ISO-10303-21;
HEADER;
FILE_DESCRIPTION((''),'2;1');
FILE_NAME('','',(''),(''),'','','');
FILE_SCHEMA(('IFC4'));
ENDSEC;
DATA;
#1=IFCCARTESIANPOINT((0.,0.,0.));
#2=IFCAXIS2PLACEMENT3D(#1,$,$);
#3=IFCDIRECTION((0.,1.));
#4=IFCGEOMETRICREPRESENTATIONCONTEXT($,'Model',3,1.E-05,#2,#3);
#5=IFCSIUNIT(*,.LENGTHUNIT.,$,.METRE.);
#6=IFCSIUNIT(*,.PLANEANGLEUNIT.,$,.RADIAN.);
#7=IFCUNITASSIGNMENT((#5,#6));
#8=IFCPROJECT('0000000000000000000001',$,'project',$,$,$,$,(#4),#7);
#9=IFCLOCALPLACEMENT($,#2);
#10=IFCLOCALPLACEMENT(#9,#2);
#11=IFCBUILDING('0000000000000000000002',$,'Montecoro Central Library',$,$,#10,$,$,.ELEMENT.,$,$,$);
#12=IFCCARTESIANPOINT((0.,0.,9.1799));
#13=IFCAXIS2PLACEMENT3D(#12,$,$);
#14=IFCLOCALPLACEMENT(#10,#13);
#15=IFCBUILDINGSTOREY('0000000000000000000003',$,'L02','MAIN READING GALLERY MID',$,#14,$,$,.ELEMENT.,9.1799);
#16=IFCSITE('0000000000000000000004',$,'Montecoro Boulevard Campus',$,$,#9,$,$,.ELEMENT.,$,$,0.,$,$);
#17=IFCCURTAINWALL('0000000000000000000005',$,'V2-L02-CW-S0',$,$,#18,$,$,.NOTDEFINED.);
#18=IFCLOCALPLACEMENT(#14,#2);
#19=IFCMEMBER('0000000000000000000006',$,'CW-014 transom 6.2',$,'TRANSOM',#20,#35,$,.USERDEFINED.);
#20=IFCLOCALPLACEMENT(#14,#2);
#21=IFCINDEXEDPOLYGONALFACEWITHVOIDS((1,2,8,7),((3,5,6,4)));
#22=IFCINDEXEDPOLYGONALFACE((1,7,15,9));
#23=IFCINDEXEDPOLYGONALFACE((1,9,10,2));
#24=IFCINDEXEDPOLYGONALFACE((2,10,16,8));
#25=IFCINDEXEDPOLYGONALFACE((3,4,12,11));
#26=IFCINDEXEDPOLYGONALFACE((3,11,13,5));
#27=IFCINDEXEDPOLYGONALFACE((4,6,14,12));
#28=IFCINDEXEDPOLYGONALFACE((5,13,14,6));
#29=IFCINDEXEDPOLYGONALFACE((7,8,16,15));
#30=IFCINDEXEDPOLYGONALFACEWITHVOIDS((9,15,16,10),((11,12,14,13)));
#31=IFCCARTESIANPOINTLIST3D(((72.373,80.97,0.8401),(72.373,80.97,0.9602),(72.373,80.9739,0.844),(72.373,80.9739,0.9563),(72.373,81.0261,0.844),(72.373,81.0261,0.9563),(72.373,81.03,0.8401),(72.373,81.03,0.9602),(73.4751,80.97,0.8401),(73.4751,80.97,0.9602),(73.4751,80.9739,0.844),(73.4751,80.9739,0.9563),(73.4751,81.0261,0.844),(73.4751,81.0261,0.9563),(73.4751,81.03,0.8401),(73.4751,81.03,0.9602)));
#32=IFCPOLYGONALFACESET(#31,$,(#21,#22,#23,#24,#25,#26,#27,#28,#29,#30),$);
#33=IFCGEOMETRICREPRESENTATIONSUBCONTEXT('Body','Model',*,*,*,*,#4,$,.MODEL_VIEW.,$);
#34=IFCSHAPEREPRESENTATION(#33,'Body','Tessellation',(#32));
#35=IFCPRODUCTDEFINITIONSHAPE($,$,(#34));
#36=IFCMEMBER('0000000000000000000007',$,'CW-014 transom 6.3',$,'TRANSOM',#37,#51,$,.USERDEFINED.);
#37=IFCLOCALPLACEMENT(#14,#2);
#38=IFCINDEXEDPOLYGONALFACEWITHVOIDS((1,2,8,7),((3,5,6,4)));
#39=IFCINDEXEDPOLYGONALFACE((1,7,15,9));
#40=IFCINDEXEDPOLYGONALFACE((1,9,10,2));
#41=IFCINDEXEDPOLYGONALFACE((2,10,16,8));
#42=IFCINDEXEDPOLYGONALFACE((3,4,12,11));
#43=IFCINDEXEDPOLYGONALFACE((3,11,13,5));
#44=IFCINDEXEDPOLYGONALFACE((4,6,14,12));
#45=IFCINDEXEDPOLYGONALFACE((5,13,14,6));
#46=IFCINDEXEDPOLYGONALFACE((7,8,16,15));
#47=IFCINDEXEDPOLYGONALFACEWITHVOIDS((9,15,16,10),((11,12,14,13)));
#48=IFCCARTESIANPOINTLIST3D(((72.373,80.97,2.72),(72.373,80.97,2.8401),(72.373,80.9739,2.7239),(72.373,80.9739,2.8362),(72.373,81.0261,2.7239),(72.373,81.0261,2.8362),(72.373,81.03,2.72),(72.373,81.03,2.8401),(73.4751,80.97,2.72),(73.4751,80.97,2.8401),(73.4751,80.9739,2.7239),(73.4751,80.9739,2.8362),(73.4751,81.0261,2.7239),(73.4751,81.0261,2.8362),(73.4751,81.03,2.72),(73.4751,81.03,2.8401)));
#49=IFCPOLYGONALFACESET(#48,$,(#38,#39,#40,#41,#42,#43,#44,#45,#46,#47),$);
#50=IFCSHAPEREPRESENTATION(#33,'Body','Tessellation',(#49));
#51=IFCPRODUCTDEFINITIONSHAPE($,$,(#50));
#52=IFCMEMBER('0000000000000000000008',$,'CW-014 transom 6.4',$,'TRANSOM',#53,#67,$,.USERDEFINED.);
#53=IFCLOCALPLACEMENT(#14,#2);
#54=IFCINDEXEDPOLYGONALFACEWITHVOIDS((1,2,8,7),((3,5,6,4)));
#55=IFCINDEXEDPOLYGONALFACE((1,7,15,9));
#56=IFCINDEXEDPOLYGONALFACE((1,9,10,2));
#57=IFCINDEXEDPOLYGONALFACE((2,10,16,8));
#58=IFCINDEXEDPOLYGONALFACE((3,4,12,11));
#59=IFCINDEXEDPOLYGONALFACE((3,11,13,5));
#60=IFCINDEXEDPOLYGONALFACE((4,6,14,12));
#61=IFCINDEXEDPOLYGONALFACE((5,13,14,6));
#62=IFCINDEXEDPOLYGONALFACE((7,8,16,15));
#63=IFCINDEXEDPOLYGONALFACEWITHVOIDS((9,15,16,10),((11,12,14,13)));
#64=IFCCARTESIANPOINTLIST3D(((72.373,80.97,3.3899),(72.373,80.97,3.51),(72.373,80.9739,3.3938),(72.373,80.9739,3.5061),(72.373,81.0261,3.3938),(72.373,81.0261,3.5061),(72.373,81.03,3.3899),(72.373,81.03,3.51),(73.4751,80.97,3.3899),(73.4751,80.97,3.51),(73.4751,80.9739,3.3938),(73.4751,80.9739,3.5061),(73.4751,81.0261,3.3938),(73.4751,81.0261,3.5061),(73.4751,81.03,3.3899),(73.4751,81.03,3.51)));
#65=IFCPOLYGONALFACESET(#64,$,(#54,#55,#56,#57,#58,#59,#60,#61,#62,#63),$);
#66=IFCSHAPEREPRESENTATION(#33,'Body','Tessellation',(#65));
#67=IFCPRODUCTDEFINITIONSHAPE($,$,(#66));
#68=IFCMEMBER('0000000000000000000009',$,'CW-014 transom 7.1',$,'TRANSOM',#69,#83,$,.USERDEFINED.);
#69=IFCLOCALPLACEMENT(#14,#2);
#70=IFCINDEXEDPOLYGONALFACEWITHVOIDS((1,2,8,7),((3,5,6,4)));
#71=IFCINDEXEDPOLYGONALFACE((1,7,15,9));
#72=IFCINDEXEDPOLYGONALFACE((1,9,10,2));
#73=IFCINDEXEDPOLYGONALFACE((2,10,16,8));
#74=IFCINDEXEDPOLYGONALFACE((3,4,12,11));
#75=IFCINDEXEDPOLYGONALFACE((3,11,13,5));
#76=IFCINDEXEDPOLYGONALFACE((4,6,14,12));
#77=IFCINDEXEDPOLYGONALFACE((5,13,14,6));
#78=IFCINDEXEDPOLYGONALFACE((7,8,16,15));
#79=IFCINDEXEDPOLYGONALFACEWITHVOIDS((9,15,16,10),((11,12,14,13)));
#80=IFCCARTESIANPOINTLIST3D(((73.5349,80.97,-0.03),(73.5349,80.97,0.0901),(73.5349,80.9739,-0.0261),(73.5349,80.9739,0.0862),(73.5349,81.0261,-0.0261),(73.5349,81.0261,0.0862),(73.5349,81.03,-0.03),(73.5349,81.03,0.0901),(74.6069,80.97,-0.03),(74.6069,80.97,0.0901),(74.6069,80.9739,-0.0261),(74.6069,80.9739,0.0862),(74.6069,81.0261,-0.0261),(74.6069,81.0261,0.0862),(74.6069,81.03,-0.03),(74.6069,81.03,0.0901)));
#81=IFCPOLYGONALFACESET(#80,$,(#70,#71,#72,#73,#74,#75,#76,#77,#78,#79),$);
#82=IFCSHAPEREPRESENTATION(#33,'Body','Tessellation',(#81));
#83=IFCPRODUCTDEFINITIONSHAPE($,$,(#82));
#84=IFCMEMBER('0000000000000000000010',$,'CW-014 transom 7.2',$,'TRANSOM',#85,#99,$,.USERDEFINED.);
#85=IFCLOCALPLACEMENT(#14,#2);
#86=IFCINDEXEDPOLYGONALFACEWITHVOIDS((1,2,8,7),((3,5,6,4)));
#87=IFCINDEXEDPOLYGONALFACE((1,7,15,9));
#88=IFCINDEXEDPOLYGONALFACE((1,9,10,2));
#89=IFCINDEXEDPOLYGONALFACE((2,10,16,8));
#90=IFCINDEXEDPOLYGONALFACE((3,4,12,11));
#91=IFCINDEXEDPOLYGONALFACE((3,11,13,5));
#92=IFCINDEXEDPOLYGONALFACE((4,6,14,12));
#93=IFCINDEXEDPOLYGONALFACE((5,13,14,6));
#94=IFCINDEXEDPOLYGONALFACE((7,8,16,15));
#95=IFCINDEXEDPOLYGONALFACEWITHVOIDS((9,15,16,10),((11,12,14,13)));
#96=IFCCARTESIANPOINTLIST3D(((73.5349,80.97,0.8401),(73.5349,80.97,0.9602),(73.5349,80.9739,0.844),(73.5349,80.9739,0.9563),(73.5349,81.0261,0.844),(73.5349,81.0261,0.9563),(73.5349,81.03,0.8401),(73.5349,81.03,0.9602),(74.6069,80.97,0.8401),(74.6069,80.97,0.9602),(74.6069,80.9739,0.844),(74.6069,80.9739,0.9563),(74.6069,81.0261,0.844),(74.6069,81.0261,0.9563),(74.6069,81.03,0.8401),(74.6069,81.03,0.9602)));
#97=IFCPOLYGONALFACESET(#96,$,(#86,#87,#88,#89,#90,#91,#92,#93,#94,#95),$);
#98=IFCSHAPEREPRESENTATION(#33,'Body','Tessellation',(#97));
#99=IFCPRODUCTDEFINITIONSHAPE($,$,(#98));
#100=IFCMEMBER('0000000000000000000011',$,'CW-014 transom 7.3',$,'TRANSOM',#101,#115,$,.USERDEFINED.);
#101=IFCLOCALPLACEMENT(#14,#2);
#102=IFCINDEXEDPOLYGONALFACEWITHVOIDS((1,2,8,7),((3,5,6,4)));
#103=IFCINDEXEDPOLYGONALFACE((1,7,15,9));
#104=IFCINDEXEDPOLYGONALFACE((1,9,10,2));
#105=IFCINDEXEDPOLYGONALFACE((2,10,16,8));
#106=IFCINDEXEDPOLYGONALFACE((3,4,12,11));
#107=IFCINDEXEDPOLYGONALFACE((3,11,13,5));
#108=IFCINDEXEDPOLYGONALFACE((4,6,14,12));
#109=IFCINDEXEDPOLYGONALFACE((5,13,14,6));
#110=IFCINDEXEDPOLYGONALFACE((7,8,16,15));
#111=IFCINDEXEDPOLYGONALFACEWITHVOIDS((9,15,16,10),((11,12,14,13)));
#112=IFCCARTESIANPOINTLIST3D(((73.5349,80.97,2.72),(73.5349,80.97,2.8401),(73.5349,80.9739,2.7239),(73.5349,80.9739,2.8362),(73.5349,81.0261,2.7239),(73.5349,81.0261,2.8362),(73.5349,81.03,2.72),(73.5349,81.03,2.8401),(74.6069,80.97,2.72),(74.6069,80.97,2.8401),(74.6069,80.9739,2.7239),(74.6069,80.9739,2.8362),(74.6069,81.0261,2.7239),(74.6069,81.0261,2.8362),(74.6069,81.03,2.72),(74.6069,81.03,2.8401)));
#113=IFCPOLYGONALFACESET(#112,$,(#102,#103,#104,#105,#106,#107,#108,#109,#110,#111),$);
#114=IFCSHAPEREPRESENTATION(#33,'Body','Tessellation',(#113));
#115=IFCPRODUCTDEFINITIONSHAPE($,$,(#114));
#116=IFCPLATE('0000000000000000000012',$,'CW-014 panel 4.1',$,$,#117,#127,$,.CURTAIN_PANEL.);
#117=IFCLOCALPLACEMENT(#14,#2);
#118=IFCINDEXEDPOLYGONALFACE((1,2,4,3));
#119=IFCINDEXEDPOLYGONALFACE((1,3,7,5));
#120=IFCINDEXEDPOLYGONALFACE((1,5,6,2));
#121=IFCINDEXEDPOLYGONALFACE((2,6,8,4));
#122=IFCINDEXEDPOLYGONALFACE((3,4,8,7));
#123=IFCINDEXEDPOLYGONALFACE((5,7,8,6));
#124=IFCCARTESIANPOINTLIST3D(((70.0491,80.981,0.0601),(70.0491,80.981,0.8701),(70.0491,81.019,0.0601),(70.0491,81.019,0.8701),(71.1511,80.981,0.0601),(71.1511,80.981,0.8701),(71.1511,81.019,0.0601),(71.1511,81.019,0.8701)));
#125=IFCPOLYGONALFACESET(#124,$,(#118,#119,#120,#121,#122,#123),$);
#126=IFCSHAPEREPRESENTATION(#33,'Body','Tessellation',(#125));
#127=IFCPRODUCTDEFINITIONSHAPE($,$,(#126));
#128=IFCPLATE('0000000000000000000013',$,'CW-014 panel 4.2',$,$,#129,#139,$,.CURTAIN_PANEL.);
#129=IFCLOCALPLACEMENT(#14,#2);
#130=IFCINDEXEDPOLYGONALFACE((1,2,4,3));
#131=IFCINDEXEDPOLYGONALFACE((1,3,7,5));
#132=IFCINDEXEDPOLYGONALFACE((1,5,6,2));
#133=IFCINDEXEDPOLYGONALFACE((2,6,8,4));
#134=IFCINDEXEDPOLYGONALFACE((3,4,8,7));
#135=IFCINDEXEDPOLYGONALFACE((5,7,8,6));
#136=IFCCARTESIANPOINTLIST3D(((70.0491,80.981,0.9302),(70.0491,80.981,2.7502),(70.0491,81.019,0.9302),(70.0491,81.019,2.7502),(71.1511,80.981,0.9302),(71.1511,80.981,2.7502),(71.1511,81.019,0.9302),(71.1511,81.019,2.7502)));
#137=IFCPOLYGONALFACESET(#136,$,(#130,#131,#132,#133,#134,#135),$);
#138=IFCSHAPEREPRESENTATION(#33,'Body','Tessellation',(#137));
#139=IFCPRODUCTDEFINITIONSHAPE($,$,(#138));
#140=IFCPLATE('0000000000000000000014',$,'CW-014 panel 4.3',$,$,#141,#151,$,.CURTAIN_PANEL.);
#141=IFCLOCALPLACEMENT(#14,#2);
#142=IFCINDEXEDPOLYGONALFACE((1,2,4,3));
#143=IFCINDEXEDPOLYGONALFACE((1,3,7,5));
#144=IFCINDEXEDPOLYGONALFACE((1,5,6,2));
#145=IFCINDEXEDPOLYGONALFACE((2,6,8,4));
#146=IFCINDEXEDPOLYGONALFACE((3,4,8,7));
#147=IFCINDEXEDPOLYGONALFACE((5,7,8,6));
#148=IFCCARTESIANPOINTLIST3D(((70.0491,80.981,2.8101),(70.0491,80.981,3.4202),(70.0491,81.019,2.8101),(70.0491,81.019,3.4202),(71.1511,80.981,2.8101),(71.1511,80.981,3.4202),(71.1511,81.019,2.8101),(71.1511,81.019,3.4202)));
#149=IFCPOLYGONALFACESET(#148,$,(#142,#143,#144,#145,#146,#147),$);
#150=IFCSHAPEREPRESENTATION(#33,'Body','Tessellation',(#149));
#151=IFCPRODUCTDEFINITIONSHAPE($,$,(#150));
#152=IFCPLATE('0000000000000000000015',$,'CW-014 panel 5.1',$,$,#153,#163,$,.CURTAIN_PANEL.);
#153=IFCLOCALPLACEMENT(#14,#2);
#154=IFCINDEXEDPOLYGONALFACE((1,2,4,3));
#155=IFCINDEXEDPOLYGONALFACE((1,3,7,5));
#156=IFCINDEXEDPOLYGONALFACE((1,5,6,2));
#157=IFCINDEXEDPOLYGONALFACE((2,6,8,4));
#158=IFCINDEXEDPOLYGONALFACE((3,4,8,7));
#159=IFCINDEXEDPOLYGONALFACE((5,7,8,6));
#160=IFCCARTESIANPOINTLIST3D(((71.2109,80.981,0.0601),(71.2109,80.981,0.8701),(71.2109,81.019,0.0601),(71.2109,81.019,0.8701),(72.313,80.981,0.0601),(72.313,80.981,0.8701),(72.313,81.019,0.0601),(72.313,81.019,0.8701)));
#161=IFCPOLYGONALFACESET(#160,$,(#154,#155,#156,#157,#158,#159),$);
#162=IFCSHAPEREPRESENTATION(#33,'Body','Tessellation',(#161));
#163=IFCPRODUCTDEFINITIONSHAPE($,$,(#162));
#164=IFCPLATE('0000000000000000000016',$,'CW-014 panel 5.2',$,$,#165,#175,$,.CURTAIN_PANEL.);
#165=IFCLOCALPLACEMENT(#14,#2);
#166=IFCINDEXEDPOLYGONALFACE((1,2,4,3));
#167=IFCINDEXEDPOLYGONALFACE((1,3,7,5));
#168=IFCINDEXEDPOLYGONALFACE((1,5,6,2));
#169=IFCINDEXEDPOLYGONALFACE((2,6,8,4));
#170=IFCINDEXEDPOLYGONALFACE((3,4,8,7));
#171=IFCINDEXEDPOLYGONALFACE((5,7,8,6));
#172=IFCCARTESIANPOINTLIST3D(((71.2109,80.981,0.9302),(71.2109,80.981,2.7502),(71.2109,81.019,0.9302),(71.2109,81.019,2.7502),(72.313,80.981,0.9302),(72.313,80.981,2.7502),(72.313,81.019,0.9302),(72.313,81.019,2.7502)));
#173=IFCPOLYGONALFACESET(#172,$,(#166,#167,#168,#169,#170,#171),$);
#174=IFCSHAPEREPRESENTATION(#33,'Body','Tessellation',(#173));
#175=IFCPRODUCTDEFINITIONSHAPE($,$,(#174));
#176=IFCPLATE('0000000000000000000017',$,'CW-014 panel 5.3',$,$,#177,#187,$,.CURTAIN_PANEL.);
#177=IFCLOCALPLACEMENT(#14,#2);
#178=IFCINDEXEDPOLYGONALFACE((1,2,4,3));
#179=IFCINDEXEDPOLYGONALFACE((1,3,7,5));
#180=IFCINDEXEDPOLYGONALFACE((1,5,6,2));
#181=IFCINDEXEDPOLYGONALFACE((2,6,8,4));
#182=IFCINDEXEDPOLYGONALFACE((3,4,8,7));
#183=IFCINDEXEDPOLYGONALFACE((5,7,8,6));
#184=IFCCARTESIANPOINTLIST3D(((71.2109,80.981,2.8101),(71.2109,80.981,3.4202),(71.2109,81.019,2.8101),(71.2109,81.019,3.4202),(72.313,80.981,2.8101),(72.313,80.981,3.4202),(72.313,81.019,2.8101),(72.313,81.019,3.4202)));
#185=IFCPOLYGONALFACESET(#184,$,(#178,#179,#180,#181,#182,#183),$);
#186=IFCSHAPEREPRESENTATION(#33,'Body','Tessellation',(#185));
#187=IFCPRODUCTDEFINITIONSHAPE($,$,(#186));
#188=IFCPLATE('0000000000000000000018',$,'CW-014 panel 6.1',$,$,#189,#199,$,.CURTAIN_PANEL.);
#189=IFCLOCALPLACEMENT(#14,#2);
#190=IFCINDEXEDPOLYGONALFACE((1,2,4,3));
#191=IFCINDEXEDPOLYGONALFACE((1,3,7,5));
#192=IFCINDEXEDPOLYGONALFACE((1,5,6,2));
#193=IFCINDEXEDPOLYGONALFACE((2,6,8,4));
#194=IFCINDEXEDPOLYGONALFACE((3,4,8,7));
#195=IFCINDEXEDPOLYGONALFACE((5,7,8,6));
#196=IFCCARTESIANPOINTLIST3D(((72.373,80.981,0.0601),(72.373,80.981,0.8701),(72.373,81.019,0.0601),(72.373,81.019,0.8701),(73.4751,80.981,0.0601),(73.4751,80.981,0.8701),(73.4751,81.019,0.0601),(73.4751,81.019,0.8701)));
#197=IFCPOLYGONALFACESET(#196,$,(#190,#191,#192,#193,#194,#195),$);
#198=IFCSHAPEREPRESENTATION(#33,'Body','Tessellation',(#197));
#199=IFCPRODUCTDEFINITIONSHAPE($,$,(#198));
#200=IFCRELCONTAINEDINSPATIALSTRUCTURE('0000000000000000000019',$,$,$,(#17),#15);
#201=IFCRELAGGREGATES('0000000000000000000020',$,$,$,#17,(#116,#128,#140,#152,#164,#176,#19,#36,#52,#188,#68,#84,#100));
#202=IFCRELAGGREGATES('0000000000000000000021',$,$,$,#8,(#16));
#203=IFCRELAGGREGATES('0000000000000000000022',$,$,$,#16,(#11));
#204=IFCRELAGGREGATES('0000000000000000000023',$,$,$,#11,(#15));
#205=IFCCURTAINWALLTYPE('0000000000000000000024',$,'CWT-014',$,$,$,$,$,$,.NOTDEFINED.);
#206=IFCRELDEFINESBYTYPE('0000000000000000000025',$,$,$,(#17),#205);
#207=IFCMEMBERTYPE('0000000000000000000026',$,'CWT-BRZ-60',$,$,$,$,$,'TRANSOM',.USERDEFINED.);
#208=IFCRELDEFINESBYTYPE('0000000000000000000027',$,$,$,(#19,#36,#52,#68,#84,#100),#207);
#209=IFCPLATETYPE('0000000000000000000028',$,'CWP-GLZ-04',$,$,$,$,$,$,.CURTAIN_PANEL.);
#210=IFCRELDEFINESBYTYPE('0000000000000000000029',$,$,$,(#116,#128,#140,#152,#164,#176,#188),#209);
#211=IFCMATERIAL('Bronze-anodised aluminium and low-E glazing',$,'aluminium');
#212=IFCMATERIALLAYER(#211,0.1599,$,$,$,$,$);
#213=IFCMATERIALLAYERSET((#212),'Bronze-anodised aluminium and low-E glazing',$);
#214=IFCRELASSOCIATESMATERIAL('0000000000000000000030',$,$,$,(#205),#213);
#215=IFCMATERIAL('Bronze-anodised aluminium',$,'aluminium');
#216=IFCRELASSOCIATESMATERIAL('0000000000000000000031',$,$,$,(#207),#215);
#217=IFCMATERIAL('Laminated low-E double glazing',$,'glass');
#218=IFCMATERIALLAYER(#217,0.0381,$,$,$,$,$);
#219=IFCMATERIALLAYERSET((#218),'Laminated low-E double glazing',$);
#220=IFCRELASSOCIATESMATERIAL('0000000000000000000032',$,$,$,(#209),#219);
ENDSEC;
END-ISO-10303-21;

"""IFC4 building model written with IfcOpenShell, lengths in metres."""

from ifc_helpers import new_model, si_unit, direction, frame, origin, origin_2d, place, context, subcontext, project, spatial, rectangle, hollow_rectangle, extrude, material, layer, layer_set, material_profile, profile_set, type_object, element, aggregate, save


model = new_model("IFC4")

# Units and contexts
model_context = context("Model", 3, precision=1e-05, world=origin(), true_north=direction((0.0, 1.0)))
body_context = subcontext(model_context, "Body", "Model", "MODEL_VIEW")
ifc_project = project(units=[si_unit("LENGTHUNIT", "METRE"), si_unit("PLANEANGLEUNIT", "RADIAN")], contexts=[model_context])

# Site, building, storey
site_placement = place(None, origin())
site = spatial("IfcSite", under=ifc_project, at=site_placement, Name="Montecoro Boulevard Campus", CompositionType="ELEMENT", RefElevation=0.0)
building_placement = place(site_placement, origin())
building = spatial("IfcBuilding", under=site, at=building_placement, Name="Montecoro Central Library", CompositionType="ELEMENT")
storey_placement = place(building_placement, frame((0.0, 0.0, 9.1799)))
storey = spatial("IfcBuildingStorey", under=building, at=storey_placement, Name="L02", Description="MAIN READING GALLERY MID", CompositionType="ELEMENT", Elevation=9.1799)

# Curtain wall, members, plates
ifc_material_1 = material(Name="Bronze-anodised aluminium and low-E glazing", Category="aluminium")
ifc_layer_1 = layer(ifc_material_1, 0.1599)
ifc_layer_set_1 = layer_set([ifc_layer_1], Name="Bronze-anodised aluminium and low-E glazing")
curtain_wall_type = type_object("IfcCurtainWallType", Name="CWT-014", PredefinedType="NOTDEFINED", material=ifc_layer_set_1)
curtain_wall_placement = place(storey_placement, origin())
curtain_wall = element("IfcCurtainWall", 1, at=curtain_wall_placement, inside=storey, type_object=curtain_wall_type, Name="V2-L02-CW-S0", PredefinedType="NOTDEFINED")
ifc_material_2 = material(Name="Bronze-anodised aluminium", Category="aluminium")
ifc_material_profile_1 = material_profile(ifc_material_2, hollow_rectangle(XDim=0.0601, YDim=0.1201, WallThickness=0.0039, at=origin_2d()), Name="CWT 120x60x4.0")
ifc_profile_set_1 = profile_set([ifc_material_profile_1], Name="Bronze-anodised aluminium")
member_type_1 = type_object("IfcMemberType", Name="CWT-BRZ-60", ElementType="TRANSOM", PredefinedType="USERDEFINED", material=ifc_profile_set_1)
member_1_placement = place(storey_placement, frame((72.373, 81.0, 0.9001), z_axis=(1.0, 0.0, 0.0), x_axis=(0.0, 1.0, 0.0)))
member_1 = element("IfcMember", 2, at=member_1_placement, type_object=member_type_1, Name="CW-014 transom 6.2", ObjectType="TRANSOM", PredefinedType="USERDEFINED", context=body_context, shape_type="SweptSolid", body=[
    extrude(hollow_rectangle(XDim=0.0601, YDim=0.1201, WallThickness=0.0039, at=origin_2d()), origin(), (0.0, 0.0, 1.0), 1.1021),
])
member_2_placement = place(storey_placement, frame((72.373, 81.0, 2.78), z_axis=(1.0, 0.0, 0.0), x_axis=(0.0, 1.0, 0.0)))
member_2 = element("IfcMember", 3, at=member_2_placement, type_object=member_type_1, Name="CW-014 transom 6.3", ObjectType="TRANSOM", PredefinedType="USERDEFINED", context=body_context, shape_type="SweptSolid", body=[
    extrude(hollow_rectangle(XDim=0.0601, YDim=0.1201, WallThickness=0.0039, at=origin_2d()), origin(), (0.0, 0.0, 1.0), 1.1021),
])
member_3_placement = place(storey_placement, frame((72.373, 81.0, 3.45), z_axis=(1.0, 0.0, 0.0), x_axis=(0.0, 1.0, 0.0)))
member_3 = element("IfcMember", 4, at=member_3_placement, type_object=member_type_1, Name="CW-014 transom 6.4", ObjectType="TRANSOM", PredefinedType="USERDEFINED", context=body_context, shape_type="SweptSolid", body=[
    extrude(hollow_rectangle(XDim=0.0601, YDim=0.1201, WallThickness=0.0039, at=origin_2d()), origin(), (0.0, 0.0, 1.0), 1.1021),
])
member_4_placement = place(storey_placement, frame((73.5349, 81.0, 0.03), z_axis=(1.0, 0.0, 0.0), x_axis=(0.0, 1.0, 0.0)))
member_4 = element("IfcMember", 5, at=member_4_placement, type_object=member_type_1, Name="CW-014 transom 7.1", ObjectType="TRANSOM", PredefinedType="USERDEFINED", context=body_context, shape_type="SweptSolid", body=[
    extrude(hollow_rectangle(XDim=0.0601, YDim=0.1201, WallThickness=0.0039, at=origin_2d()), origin(), (0.0, 0.0, 1.0), 1.072),
])
member_5_placement = place(storey_placement, frame((73.5349, 81.0, 0.9001), z_axis=(1.0, 0.0, 0.0), x_axis=(0.0, 1.0, 0.0)))
member_5 = element("IfcMember", 6, at=member_5_placement, type_object=member_type_1, Name="CW-014 transom 7.2", ObjectType="TRANSOM", PredefinedType="USERDEFINED", context=body_context, shape_type="SweptSolid", body=[
    extrude(hollow_rectangle(XDim=0.0601, YDim=0.1201, WallThickness=0.0039, at=origin_2d()), origin(), (0.0, 0.0, 1.0), 1.072),
])
member_6_placement = place(storey_placement, frame((73.5349, 81.0, 2.78), z_axis=(1.0, 0.0, 0.0), x_axis=(0.0, 1.0, 0.0)))
member_6 = element("IfcMember", 7, at=member_6_placement, type_object=member_type_1, Name="CW-014 transom 7.3", ObjectType="TRANSOM", PredefinedType="USERDEFINED", context=body_context, shape_type="SweptSolid", body=[
    extrude(hollow_rectangle(XDim=0.0601, YDim=0.1201, WallThickness=0.0039, at=origin_2d()), origin(), (0.0, 0.0, 1.0), 1.072),
])
ifc_material_3 = material(Name="Laminated low-E double glazing", Category="glass")
ifc_layer_2 = layer(ifc_material_3, 0.0381)
ifc_layer_set_2 = layer_set([ifc_layer_2], Name="Laminated low-E double glazing")
plate_type_1 = type_object("IfcPlateType", Name="CWP-GLZ-04", PredefinedType="CURTAIN_PANEL", material=ifc_layer_set_2)
plate_1_placement = place(storey_placement, frame((70.6001, 81.0, 0.0601), z_axis=(0.0, 0.0, 1.0), x_axis=(1.0, 0.0, 0.0)))
plate_1 = element("IfcPlate", 8, at=plate_1_placement, type_object=plate_type_1, Name="CW-014 panel 4.1", PredefinedType="CURTAIN_PANEL", context=body_context, shape_type="SweptSolid", body=[
    extrude(rectangle(XDim=1.1021, YDim=0.0381, at=origin_2d()), origin(), (0.0, 0.0, 1.0), 0.8101),
])
plate_2_placement = place(storey_placement, frame((70.6001, 81.0, 0.9302), z_axis=(0.0, 0.0, 1.0), x_axis=(1.0, 0.0, 0.0)))
plate_2 = element("IfcPlate", 9, at=plate_2_placement, type_object=plate_type_1, Name="CW-014 panel 4.2", PredefinedType="CURTAIN_PANEL", context=body_context, shape_type="SweptSolid", body=[
    extrude(rectangle(XDim=1.1021, YDim=0.0381, at=origin_2d()), origin(), (0.0, 0.0, 1.0), 1.8201),
])
plate_3_placement = place(storey_placement, frame((70.6001, 81.0, 2.8101), z_axis=(0.0, 0.0, 1.0), x_axis=(1.0, 0.0, 0.0)))
plate_3 = element("IfcPlate", 10, at=plate_3_placement, type_object=plate_type_1, Name="CW-014 panel 4.3", PredefinedType="CURTAIN_PANEL", context=body_context, shape_type="SweptSolid", body=[
    extrude(rectangle(XDim=1.1021, YDim=0.0381, at=origin_2d()), origin(), (0.0, 0.0, 1.0), 0.6101),
])
plate_4_placement = place(storey_placement, frame((71.762, 81.0, 0.0601), z_axis=(0.0, 0.0, 1.0), x_axis=(1.0, 0.0, 0.0)))
plate_4 = element("IfcPlate", 11, at=plate_4_placement, type_object=plate_type_1, Name="CW-014 panel 5.1", PredefinedType="CURTAIN_PANEL", context=body_context, shape_type="SweptSolid", body=[
    extrude(rectangle(XDim=1.1021, YDim=0.0381, at=origin_2d()), origin(), (0.0, 0.0, 1.0), 0.8101),
])
plate_5_placement = place(storey_placement, frame((71.762, 81.0, 0.9302), z_axis=(0.0, 0.0, 1.0), x_axis=(1.0, 0.0, 0.0)))
plate_5 = element("IfcPlate", 12, at=plate_5_placement, type_object=plate_type_1, Name="CW-014 panel 5.2", PredefinedType="CURTAIN_PANEL", context=body_context, shape_type="SweptSolid", body=[
    extrude(rectangle(XDim=1.1021, YDim=0.0381, at=origin_2d()), origin(), (0.0, 0.0, 1.0), 1.8201),
])
plate_6_placement = place(storey_placement, frame((71.762, 81.0, 2.8101), z_axis=(0.0, 0.0, 1.0), x_axis=(1.0, 0.0, 0.0)))
plate_6 = element("IfcPlate", 13, at=plate_6_placement, type_object=plate_type_1, Name="CW-014 panel 5.3", PredefinedType="CURTAIN_PANEL", context=body_context, shape_type="SweptSolid", body=[
    extrude(rectangle(XDim=1.1021, YDim=0.0381, at=origin_2d()), origin(), (0.0, 0.0, 1.0), 0.6101),
])
plate_7_placement = place(storey_placement, frame((72.9241, 81.0, 0.0601), z_axis=(0.0, 0.0, 1.0), x_axis=(1.0, 0.0, 0.0)))
plate_7 = element("IfcPlate", 14, at=plate_7_placement, type_object=plate_type_1, Name="CW-014 panel 6.1", PredefinedType="CURTAIN_PANEL", context=body_context, shape_type="SweptSolid", body=[
    extrude(rectangle(XDim=1.1021, YDim=0.0381, at=origin_2d()), origin(), (0.0, 0.0, 1.0), 0.8101),
])
aggregate(curtain_wall, [plate_1, plate_2, plate_3, plate_4, plate_5, plate_6, member_1, member_2, member_3, plate_7, member_4, member_5, member_6])

save(model, "model.ifc")
